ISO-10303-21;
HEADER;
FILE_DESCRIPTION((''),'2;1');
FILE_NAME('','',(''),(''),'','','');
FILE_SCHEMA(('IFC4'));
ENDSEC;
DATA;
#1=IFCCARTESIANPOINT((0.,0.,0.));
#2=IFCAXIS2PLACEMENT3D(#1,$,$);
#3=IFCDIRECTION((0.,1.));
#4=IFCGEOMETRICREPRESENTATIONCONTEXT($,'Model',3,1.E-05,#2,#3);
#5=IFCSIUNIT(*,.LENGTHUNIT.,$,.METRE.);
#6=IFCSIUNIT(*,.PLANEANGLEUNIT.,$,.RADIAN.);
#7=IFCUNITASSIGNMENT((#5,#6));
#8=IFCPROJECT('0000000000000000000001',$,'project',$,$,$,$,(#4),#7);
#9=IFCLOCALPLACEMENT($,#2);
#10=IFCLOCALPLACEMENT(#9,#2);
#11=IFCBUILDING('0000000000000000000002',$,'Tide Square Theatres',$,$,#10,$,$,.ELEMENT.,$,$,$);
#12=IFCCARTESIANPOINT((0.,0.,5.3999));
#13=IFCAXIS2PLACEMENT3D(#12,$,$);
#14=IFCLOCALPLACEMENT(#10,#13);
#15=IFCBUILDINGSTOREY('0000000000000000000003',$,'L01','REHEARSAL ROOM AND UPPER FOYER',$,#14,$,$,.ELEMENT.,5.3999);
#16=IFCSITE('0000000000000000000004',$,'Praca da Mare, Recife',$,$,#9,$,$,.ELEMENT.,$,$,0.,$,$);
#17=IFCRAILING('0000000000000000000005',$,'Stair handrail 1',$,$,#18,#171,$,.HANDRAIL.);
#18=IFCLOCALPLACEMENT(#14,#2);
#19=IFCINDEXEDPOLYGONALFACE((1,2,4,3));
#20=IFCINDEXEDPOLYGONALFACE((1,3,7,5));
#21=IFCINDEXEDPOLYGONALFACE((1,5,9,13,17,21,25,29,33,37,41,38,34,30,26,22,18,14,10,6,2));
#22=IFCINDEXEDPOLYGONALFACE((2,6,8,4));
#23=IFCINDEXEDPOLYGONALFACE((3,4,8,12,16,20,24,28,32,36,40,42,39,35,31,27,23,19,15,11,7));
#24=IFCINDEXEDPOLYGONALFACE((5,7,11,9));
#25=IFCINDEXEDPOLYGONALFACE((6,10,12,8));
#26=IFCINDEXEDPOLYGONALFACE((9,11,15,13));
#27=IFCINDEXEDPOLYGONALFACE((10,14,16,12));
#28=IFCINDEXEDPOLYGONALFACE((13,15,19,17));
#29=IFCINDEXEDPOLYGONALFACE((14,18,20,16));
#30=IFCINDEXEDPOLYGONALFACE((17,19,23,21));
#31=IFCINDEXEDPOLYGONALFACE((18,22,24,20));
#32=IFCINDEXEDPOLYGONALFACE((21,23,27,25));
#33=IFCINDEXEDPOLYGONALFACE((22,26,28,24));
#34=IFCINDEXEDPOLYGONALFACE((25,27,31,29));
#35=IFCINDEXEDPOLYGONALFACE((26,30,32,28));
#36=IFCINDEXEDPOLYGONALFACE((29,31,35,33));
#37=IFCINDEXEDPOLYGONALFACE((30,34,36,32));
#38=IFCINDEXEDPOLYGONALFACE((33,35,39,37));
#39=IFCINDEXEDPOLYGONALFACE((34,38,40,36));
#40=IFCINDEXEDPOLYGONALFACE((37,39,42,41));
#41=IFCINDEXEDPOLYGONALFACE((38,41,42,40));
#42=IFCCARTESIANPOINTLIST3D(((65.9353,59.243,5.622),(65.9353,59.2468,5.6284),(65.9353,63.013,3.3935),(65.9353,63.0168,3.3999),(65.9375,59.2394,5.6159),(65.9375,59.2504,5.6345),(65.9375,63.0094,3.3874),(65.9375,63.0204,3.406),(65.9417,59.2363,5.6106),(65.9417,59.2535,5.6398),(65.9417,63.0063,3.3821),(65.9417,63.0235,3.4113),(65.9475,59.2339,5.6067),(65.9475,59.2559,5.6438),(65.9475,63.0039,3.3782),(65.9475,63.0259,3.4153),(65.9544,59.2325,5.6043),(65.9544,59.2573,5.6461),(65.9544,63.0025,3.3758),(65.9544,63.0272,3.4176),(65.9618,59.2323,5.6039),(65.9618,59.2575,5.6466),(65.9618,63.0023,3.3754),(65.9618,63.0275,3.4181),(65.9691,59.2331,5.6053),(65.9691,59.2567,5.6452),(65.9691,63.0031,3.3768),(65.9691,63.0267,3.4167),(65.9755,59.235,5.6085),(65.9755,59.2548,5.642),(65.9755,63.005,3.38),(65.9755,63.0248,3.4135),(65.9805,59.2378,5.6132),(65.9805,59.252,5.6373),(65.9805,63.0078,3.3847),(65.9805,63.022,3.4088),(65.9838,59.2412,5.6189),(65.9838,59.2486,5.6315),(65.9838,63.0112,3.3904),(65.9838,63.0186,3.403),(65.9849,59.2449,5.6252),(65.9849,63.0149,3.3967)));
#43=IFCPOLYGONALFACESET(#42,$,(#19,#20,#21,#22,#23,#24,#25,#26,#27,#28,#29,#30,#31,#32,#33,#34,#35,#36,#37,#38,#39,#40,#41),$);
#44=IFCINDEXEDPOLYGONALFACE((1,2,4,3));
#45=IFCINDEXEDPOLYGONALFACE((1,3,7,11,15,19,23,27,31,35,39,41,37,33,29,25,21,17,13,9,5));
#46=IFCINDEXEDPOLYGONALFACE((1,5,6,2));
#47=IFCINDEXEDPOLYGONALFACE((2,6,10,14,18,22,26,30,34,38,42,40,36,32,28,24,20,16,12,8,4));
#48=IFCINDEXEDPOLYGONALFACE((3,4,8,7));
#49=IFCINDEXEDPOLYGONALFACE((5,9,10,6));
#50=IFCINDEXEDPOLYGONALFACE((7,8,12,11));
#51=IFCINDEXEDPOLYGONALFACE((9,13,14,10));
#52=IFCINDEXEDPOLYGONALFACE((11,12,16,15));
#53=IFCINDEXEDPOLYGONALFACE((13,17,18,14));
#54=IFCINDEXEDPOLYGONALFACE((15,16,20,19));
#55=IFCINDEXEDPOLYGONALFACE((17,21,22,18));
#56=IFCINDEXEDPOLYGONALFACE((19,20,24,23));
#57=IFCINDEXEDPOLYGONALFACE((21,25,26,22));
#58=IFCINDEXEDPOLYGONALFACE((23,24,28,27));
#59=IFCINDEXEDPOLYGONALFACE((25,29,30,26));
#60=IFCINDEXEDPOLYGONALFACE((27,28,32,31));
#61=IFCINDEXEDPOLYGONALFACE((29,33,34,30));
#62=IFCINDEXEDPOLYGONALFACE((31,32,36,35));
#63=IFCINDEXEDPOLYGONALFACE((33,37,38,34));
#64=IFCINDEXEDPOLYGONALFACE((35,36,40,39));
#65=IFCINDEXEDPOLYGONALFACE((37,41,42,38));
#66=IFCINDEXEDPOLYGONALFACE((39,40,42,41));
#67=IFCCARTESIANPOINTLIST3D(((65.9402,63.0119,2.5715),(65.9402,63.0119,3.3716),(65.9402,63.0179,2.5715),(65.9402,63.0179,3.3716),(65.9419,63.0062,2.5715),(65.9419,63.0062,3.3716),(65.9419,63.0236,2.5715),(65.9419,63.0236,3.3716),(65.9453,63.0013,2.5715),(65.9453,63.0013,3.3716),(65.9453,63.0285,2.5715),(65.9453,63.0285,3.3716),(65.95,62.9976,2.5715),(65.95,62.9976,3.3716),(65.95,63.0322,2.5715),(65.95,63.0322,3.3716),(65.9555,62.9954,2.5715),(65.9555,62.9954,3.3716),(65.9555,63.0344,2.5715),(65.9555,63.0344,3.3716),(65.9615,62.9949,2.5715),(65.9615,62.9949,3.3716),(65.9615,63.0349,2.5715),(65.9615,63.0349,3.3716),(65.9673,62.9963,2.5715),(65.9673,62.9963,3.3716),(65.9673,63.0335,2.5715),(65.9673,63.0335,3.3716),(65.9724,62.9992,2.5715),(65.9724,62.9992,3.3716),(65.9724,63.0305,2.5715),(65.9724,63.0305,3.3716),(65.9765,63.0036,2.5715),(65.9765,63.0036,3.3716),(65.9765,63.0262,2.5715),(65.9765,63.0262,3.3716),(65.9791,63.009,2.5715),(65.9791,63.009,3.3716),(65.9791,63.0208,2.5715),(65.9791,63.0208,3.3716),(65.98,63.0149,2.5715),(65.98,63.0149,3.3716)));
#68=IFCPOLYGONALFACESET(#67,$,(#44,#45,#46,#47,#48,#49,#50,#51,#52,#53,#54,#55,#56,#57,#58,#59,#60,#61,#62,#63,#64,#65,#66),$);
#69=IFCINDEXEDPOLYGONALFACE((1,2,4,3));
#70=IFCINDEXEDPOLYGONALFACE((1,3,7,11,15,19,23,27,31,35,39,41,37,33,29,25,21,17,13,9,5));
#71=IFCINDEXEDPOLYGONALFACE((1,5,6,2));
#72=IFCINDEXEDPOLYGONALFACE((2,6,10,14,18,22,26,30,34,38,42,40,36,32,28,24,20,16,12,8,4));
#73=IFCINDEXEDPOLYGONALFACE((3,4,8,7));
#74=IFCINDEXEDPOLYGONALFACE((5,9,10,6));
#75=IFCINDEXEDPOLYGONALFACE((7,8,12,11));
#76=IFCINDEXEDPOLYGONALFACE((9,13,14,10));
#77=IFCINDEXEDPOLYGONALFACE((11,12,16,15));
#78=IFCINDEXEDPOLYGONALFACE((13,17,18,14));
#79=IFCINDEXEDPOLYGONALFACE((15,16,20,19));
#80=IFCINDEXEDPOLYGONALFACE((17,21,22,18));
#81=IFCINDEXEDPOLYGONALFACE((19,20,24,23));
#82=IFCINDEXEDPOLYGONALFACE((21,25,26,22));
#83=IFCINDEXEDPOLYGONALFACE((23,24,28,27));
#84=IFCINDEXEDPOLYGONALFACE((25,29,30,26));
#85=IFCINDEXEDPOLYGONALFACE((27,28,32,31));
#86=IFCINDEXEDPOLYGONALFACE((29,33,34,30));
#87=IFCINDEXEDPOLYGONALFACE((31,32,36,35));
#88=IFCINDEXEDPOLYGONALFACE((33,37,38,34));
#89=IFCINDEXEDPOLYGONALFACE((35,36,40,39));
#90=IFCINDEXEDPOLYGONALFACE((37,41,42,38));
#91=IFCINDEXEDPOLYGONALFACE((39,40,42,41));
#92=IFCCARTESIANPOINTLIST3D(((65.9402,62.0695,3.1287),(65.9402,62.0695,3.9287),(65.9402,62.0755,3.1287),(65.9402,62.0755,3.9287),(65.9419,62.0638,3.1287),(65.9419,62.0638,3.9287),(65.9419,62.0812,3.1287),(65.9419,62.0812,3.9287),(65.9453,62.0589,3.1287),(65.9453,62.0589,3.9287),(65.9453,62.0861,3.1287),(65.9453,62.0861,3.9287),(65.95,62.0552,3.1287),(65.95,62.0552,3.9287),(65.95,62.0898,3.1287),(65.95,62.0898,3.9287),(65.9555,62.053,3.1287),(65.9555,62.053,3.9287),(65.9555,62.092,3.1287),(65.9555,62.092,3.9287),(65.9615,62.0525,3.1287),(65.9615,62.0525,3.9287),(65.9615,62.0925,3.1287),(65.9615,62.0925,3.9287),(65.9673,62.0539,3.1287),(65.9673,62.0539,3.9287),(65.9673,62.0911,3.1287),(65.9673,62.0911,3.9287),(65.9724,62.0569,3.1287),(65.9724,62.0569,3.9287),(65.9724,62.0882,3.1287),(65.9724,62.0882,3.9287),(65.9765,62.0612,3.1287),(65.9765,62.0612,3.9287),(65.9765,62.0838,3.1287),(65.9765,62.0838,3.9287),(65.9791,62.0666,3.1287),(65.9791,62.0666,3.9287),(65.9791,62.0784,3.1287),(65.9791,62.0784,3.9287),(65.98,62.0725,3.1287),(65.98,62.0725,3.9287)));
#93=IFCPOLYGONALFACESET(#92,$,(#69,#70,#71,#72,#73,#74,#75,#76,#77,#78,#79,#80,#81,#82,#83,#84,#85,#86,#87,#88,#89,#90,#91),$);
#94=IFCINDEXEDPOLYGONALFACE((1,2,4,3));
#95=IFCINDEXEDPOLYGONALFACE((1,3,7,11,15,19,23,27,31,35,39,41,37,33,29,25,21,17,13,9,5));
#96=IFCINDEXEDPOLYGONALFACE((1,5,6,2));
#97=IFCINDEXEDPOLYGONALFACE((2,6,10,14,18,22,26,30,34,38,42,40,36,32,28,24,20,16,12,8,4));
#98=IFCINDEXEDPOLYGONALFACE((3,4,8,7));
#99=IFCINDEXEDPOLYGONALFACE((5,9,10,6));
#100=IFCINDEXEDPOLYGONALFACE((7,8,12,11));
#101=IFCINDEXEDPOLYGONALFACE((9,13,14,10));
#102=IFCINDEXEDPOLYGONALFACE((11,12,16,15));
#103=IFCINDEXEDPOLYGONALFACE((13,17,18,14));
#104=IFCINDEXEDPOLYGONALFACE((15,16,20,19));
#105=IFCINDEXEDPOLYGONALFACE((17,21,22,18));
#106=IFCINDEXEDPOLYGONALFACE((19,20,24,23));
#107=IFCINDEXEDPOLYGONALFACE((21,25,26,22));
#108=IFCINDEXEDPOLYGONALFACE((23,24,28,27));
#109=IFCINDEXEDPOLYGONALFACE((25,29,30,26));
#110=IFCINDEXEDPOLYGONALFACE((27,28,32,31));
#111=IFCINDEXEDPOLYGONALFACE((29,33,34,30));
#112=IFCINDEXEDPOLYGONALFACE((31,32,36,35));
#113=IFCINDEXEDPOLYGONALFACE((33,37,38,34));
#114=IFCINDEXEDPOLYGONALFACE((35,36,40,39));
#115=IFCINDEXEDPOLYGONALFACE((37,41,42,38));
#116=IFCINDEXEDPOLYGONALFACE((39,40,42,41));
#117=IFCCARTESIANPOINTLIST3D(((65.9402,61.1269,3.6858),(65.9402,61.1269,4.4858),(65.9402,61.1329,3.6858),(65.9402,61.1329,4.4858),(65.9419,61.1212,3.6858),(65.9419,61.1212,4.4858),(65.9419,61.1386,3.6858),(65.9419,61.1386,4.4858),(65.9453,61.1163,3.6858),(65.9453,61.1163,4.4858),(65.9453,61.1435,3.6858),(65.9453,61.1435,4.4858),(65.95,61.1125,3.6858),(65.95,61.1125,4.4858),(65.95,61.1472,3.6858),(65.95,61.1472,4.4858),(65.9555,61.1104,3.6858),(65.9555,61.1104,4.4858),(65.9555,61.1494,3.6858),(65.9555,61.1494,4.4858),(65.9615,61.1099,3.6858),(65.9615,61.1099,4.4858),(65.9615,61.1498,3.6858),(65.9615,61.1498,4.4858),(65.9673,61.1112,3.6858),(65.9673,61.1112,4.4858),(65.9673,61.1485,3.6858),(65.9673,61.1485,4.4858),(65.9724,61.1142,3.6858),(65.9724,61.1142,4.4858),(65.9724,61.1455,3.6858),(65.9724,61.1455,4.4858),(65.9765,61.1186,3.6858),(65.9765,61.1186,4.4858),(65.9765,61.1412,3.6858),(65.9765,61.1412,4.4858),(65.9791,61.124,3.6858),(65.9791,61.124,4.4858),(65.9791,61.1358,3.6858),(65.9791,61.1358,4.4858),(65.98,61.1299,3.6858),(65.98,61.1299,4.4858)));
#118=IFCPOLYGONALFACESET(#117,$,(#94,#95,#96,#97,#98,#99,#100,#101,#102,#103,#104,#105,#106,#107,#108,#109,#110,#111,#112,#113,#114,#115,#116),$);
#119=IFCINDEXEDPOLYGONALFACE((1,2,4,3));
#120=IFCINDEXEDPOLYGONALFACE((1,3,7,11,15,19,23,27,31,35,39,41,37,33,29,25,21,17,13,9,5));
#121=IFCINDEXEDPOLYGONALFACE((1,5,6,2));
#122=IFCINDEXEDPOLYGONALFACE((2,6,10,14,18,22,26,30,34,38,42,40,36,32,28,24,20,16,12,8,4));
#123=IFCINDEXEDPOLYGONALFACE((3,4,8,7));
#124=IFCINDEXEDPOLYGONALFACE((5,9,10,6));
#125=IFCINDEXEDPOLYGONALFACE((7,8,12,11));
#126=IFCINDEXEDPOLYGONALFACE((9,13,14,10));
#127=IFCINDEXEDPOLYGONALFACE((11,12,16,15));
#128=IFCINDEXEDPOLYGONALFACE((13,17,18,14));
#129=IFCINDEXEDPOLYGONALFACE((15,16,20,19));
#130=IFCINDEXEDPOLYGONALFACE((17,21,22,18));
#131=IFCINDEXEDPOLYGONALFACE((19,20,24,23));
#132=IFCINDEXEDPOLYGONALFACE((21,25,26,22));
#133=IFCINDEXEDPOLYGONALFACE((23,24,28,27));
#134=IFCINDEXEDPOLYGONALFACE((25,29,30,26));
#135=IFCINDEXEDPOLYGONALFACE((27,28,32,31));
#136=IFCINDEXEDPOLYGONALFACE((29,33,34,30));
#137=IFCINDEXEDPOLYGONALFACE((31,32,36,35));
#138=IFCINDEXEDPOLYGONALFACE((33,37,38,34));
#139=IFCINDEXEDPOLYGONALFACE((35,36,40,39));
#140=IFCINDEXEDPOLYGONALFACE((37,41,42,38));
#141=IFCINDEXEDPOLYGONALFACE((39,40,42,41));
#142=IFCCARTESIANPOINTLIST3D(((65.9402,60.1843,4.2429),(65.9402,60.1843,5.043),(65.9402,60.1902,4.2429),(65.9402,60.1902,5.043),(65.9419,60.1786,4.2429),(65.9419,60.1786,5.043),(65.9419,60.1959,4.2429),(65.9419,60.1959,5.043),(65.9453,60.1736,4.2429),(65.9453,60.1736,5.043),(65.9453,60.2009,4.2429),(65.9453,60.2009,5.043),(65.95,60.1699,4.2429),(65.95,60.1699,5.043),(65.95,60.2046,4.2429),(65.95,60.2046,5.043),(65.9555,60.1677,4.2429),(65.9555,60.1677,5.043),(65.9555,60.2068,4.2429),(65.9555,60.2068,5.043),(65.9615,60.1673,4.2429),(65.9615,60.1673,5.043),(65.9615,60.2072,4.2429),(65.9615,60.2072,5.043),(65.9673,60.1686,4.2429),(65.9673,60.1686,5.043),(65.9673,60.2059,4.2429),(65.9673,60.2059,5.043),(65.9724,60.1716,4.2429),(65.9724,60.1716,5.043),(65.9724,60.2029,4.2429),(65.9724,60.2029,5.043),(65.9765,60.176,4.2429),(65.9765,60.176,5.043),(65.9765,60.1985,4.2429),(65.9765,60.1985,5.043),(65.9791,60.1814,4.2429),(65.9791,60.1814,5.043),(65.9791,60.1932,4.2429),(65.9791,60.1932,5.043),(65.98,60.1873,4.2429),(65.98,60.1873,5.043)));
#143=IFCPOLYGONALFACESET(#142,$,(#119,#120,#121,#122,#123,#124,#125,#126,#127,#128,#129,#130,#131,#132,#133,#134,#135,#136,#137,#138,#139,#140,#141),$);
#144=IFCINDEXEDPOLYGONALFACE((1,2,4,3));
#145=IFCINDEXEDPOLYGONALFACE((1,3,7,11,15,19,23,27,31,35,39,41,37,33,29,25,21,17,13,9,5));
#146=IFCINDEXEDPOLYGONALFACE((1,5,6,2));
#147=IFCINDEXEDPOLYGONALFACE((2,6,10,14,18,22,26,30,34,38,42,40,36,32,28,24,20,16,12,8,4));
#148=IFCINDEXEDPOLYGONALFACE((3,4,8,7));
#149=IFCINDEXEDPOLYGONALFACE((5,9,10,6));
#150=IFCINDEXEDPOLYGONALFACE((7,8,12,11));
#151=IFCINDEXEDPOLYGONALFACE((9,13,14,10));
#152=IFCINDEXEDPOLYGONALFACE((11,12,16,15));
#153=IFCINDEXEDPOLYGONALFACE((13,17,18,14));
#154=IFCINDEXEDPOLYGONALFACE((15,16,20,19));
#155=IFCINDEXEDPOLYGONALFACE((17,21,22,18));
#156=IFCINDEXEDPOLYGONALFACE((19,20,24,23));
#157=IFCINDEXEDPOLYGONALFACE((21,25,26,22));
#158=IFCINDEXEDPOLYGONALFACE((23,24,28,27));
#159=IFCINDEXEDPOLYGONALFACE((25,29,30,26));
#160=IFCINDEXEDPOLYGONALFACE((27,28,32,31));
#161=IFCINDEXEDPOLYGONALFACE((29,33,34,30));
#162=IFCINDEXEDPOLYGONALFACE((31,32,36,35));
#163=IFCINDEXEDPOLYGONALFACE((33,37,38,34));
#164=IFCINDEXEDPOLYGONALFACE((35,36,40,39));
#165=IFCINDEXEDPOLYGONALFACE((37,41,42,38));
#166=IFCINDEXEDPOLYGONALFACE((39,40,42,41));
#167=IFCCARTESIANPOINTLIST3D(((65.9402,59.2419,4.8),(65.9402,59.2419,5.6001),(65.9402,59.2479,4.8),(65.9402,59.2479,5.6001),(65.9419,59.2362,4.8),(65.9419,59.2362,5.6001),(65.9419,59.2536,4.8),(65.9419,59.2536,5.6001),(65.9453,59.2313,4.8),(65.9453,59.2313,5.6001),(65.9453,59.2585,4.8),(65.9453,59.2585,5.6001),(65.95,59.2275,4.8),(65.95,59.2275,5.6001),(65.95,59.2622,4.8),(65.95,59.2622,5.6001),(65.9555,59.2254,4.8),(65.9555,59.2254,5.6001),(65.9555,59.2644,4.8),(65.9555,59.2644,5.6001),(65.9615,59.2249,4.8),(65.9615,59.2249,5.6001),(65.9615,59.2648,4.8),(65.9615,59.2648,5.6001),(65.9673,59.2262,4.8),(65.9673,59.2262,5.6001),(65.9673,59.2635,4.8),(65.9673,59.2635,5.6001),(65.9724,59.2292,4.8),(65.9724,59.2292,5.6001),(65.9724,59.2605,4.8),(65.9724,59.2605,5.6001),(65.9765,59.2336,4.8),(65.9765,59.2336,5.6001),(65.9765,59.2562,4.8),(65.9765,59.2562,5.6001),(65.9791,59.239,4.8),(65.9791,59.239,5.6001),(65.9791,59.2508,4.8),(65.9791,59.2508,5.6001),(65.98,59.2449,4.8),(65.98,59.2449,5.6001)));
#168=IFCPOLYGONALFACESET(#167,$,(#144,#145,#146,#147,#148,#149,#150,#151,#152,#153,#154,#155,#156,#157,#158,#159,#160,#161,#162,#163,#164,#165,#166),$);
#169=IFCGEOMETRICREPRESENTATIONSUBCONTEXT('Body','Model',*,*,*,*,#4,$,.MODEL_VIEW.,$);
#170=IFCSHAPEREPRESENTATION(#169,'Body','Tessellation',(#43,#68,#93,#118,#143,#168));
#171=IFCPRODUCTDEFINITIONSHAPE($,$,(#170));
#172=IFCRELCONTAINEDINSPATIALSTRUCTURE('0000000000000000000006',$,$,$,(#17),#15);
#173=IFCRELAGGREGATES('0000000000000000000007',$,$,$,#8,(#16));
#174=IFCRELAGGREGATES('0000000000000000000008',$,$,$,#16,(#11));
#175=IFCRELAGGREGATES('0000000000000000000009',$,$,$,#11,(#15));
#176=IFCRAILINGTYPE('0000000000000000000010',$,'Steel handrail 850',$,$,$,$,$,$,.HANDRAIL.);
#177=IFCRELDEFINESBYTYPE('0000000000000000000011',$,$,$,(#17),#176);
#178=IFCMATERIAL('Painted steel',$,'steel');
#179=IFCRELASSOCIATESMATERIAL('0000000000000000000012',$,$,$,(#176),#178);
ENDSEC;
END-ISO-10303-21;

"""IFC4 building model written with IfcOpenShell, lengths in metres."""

from ifc_helpers import new_model, si_unit, direction, frame, origin, origin_2d, place, context, subcontext, project, spatial, circle, extrude, material, type_object, element, save


model = new_model("IFC4")

# Units and contexts
model_context = context("Model", 3, precision=1e-05, world=origin(), true_north=direction((0.0, 1.0)))
body_context = subcontext(model_context, "Body", "Model", "MODEL_VIEW")
ifc_project = project(units=[si_unit("LENGTHUNIT", "METRE"), si_unit("PLANEANGLEUNIT", "RADIAN")], contexts=[model_context])

# Site, building, storey
site_placement = place(None, origin())
site = spatial("IfcSite", under=ifc_project, at=site_placement, Name="Praca da Mare, Recife", CompositionType="ELEMENT", RefElevation=0.0)
building_placement = place(site_placement, origin())
building = spatial("IfcBuilding", under=site, at=building_placement, Name="Tide Square Theatres", CompositionType="ELEMENT")
storey_placement = place(building_placement, frame((0.0, 0.0, 5.3999)))
storey = spatial("IfcBuildingStorey", under=building, at=storey_placement, Name="L01", Description="REHEARSAL ROOM AND UPPER FOYER", CompositionType="ELEMENT", Elevation=5.3999)

# Railing
ifc_material_1 = material(Name="Painted steel", Category="steel")
railing_type = type_object("IfcRailingType", Name="Steel handrail 850", PredefinedType="HANDRAIL", material=ifc_material_1)
for number, where, name in (
    (1, (65.96, 63.0149, 2.5715), "Stair handrail 1"),
):
    element("IfcRailing", number, at=place(storey_placement, frame(where)), inside=storey, type_object=railing_type, Name=name, PredefinedType="HANDRAIL", context=body_context, shape_type="SweptSolid", body=[
        extrude(circle(Radius=0.0249, at=origin_2d()), frame((0.0, 0.0, 0.8252), z_axis=(0.0, -0.860849, 0.508861), x_axis=(1.0, 0.0, 0.0)), (0.0, 0.0, 1.0), 4.3794),
        extrude(circle(Radius=0.02, at=origin_2d()), origin(), (0.0, 0.0, 1.0), 0.8),
        extrude(circle(Radius=0.02, at=origin_2d()), frame((0.0, -0.9424, 0.5571)), (0.0, 0.0, 1.0), 0.8),
        extrude(circle(Radius=0.02, at=origin_2d()), frame((0.0, -1.885, 1.1143)), (0.0, 0.0, 1.0), 0.8),
        extrude(circle(Radius=0.02, at=origin_2d()), frame((0.0, -2.8276, 1.6714)), (0.0, 0.0, 1.0), 0.8),
        extrude(circle(Radius=0.02, at=origin_2d()), frame((0.0, -3.77, 2.2285)), (0.0, 0.0, 1.0), 0.8),
    ])

save(model, "model.ifc")
